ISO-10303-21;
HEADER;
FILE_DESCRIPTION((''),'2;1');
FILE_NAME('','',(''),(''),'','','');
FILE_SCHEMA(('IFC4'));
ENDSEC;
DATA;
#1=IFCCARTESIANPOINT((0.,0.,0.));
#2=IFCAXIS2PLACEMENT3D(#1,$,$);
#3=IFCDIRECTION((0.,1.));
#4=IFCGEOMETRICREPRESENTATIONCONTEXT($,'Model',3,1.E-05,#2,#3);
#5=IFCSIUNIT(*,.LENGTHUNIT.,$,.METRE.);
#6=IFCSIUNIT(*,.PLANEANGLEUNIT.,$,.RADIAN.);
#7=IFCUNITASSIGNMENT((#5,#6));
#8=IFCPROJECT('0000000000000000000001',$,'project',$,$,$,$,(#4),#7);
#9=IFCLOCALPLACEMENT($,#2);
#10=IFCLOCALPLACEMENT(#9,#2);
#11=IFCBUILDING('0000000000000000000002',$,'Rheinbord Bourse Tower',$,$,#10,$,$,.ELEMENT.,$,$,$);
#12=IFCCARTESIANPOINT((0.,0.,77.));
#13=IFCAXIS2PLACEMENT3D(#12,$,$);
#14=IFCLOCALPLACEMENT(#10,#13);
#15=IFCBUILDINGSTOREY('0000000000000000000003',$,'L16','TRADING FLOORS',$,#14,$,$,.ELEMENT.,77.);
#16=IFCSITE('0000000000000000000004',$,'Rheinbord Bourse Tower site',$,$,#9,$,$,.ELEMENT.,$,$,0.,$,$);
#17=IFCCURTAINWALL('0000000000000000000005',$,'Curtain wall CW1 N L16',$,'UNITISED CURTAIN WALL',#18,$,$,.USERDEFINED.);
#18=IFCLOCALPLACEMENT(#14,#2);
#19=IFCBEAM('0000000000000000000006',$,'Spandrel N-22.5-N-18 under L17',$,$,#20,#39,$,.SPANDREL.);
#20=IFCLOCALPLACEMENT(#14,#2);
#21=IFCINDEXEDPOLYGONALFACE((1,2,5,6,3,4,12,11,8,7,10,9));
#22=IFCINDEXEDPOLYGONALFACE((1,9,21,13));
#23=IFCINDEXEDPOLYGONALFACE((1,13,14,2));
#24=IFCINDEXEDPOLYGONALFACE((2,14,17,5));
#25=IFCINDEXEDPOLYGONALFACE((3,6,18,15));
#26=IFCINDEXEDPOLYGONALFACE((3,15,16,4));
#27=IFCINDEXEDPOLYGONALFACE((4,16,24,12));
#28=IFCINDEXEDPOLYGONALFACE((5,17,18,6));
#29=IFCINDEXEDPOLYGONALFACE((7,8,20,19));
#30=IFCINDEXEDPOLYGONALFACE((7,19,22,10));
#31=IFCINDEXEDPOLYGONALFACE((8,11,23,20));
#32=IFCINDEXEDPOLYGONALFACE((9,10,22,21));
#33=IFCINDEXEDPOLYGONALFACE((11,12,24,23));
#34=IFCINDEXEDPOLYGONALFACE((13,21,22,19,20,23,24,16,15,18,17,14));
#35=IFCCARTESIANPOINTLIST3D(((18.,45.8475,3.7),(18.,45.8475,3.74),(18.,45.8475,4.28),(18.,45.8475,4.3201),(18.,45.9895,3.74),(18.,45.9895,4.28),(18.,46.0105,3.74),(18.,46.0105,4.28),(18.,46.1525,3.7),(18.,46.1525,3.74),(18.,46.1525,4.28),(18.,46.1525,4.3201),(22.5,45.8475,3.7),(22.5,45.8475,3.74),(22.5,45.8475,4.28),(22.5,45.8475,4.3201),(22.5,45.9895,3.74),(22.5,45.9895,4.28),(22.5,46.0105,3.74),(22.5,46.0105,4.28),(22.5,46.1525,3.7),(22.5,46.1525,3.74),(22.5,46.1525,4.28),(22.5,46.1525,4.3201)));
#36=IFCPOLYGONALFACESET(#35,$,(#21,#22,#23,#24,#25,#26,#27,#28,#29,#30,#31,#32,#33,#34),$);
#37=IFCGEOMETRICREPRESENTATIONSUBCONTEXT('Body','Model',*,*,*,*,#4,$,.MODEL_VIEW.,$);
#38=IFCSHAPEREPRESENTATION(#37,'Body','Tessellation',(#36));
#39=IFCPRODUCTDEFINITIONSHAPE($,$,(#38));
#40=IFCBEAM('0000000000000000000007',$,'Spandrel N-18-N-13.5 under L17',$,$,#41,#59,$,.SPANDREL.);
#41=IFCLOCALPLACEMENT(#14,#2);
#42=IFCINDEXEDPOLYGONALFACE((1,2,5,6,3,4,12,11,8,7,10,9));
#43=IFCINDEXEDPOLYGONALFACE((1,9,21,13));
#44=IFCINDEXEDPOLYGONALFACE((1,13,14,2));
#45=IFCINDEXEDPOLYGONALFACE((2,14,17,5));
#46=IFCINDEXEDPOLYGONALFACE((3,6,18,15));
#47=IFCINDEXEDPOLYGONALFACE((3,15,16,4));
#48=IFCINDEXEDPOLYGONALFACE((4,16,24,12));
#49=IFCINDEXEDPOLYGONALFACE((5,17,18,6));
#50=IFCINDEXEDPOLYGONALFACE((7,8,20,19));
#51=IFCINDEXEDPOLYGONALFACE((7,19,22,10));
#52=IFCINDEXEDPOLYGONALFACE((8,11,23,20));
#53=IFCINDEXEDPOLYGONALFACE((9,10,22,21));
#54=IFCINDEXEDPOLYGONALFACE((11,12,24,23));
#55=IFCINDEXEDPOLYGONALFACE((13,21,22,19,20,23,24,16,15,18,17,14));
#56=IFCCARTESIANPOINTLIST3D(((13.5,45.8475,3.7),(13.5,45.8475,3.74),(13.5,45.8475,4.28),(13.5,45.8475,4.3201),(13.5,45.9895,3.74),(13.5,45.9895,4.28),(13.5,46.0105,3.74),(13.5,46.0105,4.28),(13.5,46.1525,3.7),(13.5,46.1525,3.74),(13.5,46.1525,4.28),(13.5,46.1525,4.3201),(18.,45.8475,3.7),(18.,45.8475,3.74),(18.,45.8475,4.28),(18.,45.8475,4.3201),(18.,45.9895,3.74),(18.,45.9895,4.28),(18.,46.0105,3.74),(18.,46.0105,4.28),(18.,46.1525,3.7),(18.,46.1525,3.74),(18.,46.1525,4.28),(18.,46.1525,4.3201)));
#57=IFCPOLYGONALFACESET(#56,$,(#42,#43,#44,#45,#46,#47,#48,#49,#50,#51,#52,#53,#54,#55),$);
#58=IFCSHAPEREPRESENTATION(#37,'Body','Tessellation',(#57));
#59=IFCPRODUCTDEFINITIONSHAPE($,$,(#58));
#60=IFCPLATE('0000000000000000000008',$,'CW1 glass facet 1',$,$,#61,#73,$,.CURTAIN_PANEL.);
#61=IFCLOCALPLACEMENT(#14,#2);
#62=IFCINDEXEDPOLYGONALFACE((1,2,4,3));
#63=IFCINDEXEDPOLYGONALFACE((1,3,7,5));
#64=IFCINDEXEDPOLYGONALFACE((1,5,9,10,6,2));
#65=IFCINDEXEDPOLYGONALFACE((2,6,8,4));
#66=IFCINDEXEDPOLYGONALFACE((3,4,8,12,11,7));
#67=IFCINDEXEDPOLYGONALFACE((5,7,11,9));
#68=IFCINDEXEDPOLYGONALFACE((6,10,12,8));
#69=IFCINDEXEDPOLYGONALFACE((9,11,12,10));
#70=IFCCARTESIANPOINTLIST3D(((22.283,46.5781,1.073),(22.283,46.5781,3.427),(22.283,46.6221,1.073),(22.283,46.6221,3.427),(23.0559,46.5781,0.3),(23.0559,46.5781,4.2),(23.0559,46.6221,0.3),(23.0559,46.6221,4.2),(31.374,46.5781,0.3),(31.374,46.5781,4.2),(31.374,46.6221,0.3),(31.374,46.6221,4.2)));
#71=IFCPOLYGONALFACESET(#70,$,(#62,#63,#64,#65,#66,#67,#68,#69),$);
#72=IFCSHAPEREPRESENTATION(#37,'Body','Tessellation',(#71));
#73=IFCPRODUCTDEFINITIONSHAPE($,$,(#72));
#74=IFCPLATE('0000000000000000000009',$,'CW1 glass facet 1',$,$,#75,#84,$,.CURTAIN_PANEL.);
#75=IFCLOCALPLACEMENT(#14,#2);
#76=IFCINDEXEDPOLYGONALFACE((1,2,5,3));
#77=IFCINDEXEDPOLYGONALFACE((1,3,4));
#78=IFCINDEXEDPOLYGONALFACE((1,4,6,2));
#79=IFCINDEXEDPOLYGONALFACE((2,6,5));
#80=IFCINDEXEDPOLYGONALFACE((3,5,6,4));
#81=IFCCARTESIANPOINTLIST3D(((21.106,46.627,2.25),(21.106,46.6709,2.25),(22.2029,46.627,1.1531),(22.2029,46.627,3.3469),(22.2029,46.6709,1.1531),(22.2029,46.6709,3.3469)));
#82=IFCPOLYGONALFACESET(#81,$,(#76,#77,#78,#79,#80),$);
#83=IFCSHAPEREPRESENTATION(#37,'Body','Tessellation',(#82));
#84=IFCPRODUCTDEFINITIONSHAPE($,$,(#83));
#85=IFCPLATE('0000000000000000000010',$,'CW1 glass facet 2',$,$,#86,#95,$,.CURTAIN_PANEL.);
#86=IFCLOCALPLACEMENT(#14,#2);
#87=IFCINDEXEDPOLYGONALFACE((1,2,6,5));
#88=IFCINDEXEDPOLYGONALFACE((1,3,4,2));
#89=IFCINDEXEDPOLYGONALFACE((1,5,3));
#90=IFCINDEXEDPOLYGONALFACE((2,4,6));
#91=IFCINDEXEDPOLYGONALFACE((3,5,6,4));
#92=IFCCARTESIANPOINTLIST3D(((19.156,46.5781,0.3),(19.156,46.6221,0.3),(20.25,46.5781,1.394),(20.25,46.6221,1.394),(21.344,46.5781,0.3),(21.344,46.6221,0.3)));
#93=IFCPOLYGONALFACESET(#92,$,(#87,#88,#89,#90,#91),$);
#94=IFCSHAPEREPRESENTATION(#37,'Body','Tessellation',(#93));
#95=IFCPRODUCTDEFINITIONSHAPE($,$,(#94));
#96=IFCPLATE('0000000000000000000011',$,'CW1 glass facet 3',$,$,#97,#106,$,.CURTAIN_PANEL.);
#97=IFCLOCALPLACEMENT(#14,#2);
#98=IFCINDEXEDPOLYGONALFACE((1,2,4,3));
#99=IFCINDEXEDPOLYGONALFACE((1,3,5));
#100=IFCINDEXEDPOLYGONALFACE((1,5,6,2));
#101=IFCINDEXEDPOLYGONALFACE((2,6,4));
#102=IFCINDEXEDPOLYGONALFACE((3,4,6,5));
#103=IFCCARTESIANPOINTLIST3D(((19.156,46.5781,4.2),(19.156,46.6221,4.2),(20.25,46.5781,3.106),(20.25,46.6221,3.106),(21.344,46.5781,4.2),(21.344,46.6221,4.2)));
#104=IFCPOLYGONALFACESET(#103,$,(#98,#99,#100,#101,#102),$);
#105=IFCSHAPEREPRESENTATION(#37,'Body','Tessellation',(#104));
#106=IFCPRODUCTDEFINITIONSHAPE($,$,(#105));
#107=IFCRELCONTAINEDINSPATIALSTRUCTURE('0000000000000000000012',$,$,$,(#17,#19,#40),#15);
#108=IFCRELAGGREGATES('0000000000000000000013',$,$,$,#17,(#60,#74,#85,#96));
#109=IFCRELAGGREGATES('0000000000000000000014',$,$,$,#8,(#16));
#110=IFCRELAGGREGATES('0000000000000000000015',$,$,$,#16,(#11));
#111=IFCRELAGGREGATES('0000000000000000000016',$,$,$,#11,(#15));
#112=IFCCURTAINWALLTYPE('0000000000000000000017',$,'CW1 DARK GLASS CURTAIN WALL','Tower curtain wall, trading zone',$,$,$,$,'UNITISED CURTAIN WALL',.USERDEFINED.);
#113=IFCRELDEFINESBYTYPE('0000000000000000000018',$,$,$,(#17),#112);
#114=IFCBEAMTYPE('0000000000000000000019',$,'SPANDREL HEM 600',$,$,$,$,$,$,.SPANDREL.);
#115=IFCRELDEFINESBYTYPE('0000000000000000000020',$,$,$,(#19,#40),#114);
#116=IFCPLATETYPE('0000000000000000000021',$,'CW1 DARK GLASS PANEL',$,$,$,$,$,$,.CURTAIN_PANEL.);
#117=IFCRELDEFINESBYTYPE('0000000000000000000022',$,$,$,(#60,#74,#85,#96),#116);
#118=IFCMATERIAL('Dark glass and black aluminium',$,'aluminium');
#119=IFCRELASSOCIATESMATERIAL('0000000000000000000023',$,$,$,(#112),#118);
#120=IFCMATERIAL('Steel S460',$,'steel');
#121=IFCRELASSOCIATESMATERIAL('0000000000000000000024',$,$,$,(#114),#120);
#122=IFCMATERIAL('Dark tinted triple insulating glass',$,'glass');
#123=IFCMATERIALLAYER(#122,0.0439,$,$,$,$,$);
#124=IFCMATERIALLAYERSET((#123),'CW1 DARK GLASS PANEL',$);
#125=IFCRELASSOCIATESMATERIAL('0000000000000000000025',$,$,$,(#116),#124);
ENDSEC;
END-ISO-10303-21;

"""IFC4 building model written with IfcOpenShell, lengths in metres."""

from ifc_helpers import new_model, si_unit, direction, frame, origin, origin_2d, place, context, subcontext, project, spatial, polyline, i_section, outline, extrude, material, layer, layer_set, material_profile, profile_set, type_object, element, aggregate, save


model = new_model("IFC4")

# Units and contexts
model_context = context("Model", 3, precision=1e-05, world=origin(), true_north=direction((0.0, 1.0)))
body_context = subcontext(model_context, "Body", "Model", "MODEL_VIEW")
ifc_project = project(units=[si_unit("LENGTHUNIT", "METRE"), si_unit("PLANEANGLEUNIT", "RADIAN")], contexts=[model_context])

# Site, building, storey
site_placement = place(None, origin())
site = spatial("IfcSite", under=ifc_project, at=site_placement, Name="Rheinbord Bourse Tower site", CompositionType="ELEMENT", RefElevation=0.0)
building_placement = place(site_placement, origin())
building = spatial("IfcBuilding", under=site, at=building_placement, Name="Rheinbord Bourse Tower", CompositionType="ELEMENT")
storey_placement = place(building_placement, frame((0.0, 0.0, 77.0)))
storey = spatial("IfcBuildingStorey", under=building, at=storey_placement, Name="L16", Description="TRADING FLOORS", CompositionType="ELEMENT", Elevation=77.0)

# Curtain wall
ifc_material_1 = material(Name="Dark glass and black aluminium", Category="aluminium")
curtain_wall_type = type_object("IfcCurtainWallType", Name="CW1 DARK GLASS CURTAIN WALL", Description="Tower curtain wall, trading zone", ElementType="UNITISED CURTAIN WALL", PredefinedType="USERDEFINED", material=ifc_material_1)
curtain_wall_placement = place(storey_placement, origin())
curtain_wall = element("IfcCurtainWall", 1, at=curtain_wall_placement, inside=storey, type_object=curtain_wall_type, Name="Curtain wall CW1 N L16", ObjectType="UNITISED CURTAIN WALL", PredefinedType="USERDEFINED")

# Beams
ifc_material_2 = material(Name="Steel S460", Category="steel")
ifc_material_profile_1 = material_profile(ifc_material_2, i_section(OverallWidth=0.3049, OverallDepth=0.6201, WebThickness=0.021, FlangeThickness=0.04, at=origin_2d()), Name="HEM 600")
ifc_profile_set_1 = profile_set([ifc_material_profile_1], Name="Steel S460")
beam_type_1 = type_object("IfcBeamType", Name="SPANDREL HEM 600", PredefinedType="SPANDREL", material=ifc_profile_set_1)
for number, where, z_axis, x_axis, name in (
    (2, (22.5, 46.0, 4.01), (-1.0, 0.0, 0.0), (0.0, -1.0, 0.0), "Spandrel N-22.5-N-18 under L17"),
    (3, (18.0, 46.0, 4.01), (-1.0, 0.0, 0.0), (0.0, -1.0, 0.0), "Spandrel N-18-N-13.5 under L17"),
):
    element("IfcBeam", number, at=place(storey_placement, frame(where, z_axis=z_axis, x_axis=x_axis)), inside=storey, type_object=beam_type_1, Name=name, PredefinedType="SPANDREL", context=body_context, shape_type="SweptSolid", body=[
        extrude(i_section(OverallWidth=0.3049, OverallDepth=0.6201, WebThickness=0.021, FlangeThickness=0.04, at=origin_2d()), origin(), (0.0, 0.0, 1.0), 4.5),
    ])

# Plates
ifc_material_3 = material(Name="Dark tinted triple insulating glass", Category="glass")
ifc_layer = layer(ifc_material_3, 0.0439)
ifc_layer_set = layer_set([ifc_layer], Name="CW1 DARK GLASS PANEL")
plate_type = type_object("IfcPlateType", Name="CW1 DARK GLASS PANEL", PredefinedType="CURTAIN_PANEL", material=ifc_layer_set)
plate_1_placement = place(storey_placement, frame((31.374, 46.6221, 0.3), z_axis=(0.0, -1.0, 0.0), x_axis=(0.0, 0.0, 1.0)))
plate_1 = element("IfcPlate", 4, at=plate_1_placement, type_object=plate_type, Name="CW1 glass facet 1", PredefinedType="CURTAIN_PANEL", context=body_context, shape_type="SweptSolid", body=[
    extrude(outline(polyline([(0.0, 0.0), (3.8999, 0.0), (3.8999, 8.3181), (3.127, 9.0911), (0.7729, 9.0911), (0.0, 8.3181), (0.0, 0.0)])), origin(), (0.0, 0.0, 1.0), 0.0439),
])
plate_2_placement = place(storey_placement, frame((22.2029, 46.6709, 3.3469), z_axis=(0.0, -1.0, 0.0), x_axis=(-0.707107, 0.0, -0.707107)))
plate_2 = element("IfcPlate", 5, at=plate_2_placement, type_object=plate_type, Name="CW1 glass facet 1", PredefinedType="CURTAIN_PANEL", context=body_context, shape_type="SweptSolid", body=[
    extrude(outline(polyline([(0.0, 0.0), (1.5513, 0.0), (1.5513, 1.5513), (0.0, 0.0)])), origin(), (0.0, 0.0, 1.0), 0.0439),
])
plate_3_placement = place(storey_placement, frame((21.344, 46.6221, 0.3), z_axis=(0.0, -1.0, 0.0), x_axis=(-0.707107, 0.0, 0.707107)))
plate_3 = element("IfcPlate", 6, at=plate_3_placement, type_object=plate_type, Name="CW1 glass facet 2", PredefinedType="CURTAIN_PANEL", context=body_context, shape_type="SweptSolid", body=[
    extrude(outline(polyline([(0.0, 0.0), (1.5471, 0.0), (1.5471, 1.5471), (0.0, 0.0)])), origin(), (0.0, 0.0, 1.0), 0.0439),
])
plate_4_placement = place(storey_placement, frame((19.156, 46.6221, 4.2), z_axis=(0.0, -1.0, 0.0), x_axis=(0.707107, 0.0, -0.707107)))
plate_4 = element("IfcPlate", 7, at=plate_4_placement, type_object=plate_type, Name="CW1 glass facet 3", PredefinedType="CURTAIN_PANEL", context=body_context, shape_type="SweptSolid", body=[
    extrude(outline(polyline([(0.0, 0.0), (1.5471, 0.0), (1.5471, 1.5471), (0.0, 0.0)])), origin(), (0.0, 0.0, 1.0), 0.0439),
])
aggregate(curtain_wall, [plate_1, plate_2, plate_3, plate_4])

save(model, "model.ifc")
